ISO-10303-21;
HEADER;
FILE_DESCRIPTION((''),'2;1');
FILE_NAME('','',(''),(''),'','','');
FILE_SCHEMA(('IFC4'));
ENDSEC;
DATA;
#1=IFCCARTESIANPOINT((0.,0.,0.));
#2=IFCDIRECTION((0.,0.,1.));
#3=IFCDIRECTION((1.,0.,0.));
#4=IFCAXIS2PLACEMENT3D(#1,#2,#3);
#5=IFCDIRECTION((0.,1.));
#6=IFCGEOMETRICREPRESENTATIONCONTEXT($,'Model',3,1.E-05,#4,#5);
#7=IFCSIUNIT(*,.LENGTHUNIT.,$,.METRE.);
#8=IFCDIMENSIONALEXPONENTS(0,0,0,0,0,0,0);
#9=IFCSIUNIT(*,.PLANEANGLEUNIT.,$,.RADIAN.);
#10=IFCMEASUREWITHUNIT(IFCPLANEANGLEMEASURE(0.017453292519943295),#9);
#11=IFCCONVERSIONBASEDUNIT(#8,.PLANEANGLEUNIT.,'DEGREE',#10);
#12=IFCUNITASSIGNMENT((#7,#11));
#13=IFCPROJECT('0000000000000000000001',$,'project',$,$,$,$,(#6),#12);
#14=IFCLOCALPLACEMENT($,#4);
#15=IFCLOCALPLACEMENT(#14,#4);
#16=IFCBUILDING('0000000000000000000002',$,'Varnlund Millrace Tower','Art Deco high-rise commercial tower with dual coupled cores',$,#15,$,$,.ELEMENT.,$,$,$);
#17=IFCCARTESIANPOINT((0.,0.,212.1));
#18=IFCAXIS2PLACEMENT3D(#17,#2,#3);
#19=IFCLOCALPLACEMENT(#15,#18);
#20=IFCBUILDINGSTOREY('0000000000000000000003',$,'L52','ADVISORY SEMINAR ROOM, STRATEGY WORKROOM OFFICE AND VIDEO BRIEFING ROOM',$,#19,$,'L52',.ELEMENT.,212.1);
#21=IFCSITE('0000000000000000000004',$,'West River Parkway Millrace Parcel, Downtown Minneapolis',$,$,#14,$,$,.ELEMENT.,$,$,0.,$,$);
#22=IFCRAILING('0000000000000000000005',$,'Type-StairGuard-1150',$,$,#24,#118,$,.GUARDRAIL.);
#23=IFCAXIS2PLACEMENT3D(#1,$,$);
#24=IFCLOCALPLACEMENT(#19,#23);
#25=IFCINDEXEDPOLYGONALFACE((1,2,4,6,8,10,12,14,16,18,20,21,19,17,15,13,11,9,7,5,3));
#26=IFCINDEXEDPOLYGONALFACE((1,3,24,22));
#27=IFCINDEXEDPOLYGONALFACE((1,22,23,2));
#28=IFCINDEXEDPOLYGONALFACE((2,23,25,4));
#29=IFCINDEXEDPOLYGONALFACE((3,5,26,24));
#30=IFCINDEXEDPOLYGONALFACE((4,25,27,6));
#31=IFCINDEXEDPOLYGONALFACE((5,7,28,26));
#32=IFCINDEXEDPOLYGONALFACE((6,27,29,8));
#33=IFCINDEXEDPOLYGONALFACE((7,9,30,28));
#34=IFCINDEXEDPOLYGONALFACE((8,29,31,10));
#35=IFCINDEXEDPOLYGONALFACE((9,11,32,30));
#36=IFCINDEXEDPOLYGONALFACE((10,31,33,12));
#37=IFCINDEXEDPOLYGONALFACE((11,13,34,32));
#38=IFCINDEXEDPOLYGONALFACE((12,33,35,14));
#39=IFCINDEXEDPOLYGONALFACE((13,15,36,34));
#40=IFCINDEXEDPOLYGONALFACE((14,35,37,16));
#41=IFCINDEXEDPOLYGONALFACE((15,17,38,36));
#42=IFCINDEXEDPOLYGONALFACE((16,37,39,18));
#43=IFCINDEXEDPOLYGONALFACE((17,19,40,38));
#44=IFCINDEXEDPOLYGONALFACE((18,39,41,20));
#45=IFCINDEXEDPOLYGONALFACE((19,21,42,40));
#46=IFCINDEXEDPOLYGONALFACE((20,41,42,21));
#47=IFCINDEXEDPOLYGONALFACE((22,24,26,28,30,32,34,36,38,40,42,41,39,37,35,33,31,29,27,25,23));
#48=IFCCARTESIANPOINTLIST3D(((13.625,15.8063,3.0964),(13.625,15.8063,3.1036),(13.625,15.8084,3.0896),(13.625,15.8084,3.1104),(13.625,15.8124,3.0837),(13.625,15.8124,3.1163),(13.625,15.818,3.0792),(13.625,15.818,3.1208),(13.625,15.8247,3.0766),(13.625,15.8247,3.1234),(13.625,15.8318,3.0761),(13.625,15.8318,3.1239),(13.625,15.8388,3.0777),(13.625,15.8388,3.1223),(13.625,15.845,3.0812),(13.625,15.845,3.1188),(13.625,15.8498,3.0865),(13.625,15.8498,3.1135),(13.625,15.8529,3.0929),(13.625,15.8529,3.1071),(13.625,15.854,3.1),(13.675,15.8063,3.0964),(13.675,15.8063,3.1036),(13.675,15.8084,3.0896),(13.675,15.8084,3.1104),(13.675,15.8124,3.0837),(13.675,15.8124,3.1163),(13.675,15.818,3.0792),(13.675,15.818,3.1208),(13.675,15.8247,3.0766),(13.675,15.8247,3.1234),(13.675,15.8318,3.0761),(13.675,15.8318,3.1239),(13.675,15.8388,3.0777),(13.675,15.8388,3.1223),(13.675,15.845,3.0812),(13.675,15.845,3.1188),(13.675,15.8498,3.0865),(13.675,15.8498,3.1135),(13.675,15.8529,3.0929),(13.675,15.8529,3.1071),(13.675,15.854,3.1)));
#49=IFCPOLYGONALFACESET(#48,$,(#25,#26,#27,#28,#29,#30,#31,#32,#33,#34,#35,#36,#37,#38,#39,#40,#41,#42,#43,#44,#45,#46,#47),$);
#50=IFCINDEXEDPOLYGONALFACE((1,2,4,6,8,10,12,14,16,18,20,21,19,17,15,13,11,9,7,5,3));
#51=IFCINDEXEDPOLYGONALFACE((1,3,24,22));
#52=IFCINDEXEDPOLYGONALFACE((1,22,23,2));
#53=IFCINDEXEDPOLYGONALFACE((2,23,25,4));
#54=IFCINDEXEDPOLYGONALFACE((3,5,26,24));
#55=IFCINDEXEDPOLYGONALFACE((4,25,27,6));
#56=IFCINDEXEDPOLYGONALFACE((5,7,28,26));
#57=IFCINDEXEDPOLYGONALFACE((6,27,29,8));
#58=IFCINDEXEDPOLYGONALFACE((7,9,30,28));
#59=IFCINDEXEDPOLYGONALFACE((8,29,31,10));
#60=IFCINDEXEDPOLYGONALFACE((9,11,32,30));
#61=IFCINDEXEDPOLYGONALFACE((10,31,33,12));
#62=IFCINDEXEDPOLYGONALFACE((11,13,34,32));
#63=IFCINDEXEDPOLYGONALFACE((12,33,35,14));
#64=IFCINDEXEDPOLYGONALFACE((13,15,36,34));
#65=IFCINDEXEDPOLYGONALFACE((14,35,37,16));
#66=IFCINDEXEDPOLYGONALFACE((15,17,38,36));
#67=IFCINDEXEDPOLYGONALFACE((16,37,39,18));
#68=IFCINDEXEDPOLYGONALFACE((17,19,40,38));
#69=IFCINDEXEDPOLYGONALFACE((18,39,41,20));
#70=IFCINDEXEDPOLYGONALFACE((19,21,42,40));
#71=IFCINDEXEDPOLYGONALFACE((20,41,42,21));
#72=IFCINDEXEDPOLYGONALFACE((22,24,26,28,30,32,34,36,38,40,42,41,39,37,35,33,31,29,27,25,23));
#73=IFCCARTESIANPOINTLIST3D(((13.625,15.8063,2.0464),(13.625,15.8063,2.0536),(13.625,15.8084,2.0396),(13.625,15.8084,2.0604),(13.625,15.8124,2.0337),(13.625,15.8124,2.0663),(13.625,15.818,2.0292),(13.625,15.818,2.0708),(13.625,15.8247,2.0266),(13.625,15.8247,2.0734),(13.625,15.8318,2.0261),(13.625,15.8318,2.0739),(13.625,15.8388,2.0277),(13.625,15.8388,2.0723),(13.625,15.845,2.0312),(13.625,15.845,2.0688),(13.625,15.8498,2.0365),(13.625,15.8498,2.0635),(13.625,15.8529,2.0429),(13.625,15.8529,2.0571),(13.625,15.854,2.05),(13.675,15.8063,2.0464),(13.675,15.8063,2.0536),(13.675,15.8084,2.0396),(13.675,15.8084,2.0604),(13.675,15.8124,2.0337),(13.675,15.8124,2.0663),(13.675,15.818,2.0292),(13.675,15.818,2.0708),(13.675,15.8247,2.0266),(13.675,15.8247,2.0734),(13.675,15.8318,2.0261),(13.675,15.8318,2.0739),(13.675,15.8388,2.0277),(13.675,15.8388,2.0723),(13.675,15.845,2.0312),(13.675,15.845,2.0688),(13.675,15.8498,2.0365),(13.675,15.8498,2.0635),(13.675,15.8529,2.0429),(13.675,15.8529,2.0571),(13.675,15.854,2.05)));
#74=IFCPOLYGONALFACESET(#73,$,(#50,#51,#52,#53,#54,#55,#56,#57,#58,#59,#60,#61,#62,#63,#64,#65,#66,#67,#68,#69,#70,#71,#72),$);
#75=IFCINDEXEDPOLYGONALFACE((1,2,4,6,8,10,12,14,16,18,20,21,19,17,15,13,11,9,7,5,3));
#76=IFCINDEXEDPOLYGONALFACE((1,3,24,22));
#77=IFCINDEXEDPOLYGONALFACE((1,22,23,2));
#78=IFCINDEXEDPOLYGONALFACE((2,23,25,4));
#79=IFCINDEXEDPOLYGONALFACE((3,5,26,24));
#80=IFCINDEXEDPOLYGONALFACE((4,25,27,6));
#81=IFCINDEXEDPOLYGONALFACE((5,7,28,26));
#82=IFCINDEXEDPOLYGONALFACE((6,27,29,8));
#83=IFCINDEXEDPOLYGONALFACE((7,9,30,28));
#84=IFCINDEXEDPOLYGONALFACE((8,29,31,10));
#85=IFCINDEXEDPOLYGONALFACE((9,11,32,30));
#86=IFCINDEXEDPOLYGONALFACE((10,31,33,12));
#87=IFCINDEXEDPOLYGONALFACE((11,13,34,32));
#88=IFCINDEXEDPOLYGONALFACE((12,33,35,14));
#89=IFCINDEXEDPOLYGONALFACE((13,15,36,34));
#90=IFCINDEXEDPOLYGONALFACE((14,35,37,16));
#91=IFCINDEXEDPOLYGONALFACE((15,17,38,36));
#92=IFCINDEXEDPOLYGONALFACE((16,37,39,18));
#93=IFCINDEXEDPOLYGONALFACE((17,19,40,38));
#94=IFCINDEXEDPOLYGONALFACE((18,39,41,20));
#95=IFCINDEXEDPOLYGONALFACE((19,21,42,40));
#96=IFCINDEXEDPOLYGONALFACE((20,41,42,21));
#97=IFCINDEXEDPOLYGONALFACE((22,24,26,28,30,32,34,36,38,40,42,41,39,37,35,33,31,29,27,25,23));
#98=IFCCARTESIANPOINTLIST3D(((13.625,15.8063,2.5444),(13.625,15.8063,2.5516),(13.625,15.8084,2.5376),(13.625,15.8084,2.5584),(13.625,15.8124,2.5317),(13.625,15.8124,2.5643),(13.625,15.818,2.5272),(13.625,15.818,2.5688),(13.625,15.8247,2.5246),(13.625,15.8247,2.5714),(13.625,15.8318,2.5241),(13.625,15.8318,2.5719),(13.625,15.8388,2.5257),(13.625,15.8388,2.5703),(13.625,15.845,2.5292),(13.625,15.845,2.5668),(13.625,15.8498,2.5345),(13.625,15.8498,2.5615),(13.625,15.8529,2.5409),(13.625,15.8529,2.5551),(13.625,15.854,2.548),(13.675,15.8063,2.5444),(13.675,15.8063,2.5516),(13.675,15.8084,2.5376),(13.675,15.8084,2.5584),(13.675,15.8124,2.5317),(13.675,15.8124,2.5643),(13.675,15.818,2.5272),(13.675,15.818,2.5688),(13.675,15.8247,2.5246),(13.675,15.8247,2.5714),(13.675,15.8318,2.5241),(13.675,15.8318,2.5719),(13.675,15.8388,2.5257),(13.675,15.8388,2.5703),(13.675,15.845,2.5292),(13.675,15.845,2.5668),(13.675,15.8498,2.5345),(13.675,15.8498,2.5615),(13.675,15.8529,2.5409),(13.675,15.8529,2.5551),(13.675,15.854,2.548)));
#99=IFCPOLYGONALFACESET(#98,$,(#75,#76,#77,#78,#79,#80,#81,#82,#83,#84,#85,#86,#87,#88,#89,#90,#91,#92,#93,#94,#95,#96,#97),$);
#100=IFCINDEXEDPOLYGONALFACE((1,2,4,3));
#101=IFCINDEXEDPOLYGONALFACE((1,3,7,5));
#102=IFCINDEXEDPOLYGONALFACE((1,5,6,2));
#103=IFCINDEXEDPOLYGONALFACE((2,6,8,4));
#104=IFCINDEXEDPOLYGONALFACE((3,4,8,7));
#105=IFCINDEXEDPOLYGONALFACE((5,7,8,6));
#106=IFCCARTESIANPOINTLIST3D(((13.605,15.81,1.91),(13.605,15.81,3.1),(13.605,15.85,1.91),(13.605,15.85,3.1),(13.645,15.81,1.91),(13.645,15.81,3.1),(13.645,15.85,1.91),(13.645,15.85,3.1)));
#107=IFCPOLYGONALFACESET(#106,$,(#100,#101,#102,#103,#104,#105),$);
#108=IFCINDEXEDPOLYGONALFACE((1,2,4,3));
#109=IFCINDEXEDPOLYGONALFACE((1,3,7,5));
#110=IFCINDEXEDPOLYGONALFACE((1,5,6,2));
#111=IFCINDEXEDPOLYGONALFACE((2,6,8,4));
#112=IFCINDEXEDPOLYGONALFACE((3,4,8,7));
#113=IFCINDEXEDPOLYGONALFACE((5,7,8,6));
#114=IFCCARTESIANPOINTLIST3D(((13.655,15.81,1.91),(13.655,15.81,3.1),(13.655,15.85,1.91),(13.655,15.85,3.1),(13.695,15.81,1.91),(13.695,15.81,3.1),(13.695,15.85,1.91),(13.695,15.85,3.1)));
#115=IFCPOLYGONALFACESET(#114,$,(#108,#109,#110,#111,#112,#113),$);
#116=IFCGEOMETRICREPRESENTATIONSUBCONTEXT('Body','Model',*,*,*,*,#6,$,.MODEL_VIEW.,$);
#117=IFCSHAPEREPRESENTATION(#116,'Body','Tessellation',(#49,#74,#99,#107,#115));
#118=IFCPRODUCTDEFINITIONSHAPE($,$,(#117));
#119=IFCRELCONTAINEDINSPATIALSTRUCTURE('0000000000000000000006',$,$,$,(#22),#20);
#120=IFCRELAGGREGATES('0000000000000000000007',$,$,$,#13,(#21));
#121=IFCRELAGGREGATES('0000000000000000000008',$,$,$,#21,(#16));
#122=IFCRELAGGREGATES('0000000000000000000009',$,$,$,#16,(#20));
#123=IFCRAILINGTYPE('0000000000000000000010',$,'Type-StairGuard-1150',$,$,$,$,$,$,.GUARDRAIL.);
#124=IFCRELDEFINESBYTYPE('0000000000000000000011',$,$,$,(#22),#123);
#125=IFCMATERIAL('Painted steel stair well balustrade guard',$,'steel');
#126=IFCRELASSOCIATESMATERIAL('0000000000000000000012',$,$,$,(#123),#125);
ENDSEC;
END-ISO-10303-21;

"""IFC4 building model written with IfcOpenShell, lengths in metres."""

from ifc_helpers import new_model, entity, si_unit, converted_unit, direction, frame, origin_with_axes, origin_2d_with_axis, place, context, subcontext, project, spatial, rectangle, circle, extrude, material, type_object, element, save


model = new_model("IFC4")

# Units and contexts
model_context = context("Model", 3, precision=1e-05, world=origin_with_axes(), true_north=direction((0.0, 1.0)))
body_context = subcontext(model_context, "Body", "Model", "MODEL_VIEW")
ifc_project = project(units=[si_unit("LENGTHUNIT", "METRE"), converted_unit("PLANEANGLEUNIT", "DEGREE", entity("IfcPlaneAngleMeasure", 0.017453292519943295), si_unit("PLANEANGLEUNIT", "RADIAN"), dimensions=[0, 0, 0, 0, 0, 0, 0])], contexts=[model_context])

# Site, building, storey
site_placement = place(None, origin_with_axes())
site = spatial("IfcSite", under=ifc_project, at=site_placement, Name="West River Parkway Millrace Parcel, Downtown Minneapolis", CompositionType="ELEMENT", RefElevation=0.0)
building_placement = place(site_placement, origin_with_axes())
building = spatial("IfcBuilding", under=site, at=building_placement, Name="Varnlund Millrace Tower", Description="Art Deco high-rise commercial tower with dual coupled cores", CompositionType="ELEMENT")
storey_placement = place(building_placement, frame((0.0, 0.0, 212.1), z_axis=(0.0, 0.0, 1.0), x_axis=(1.0, 0.0, 0.0)))
storey = spatial("IfcBuildingStorey", under=building, at=storey_placement, Name="L52", Description="ADVISORY SEMINAR ROOM, STRATEGY WORKROOM OFFICE AND VIDEO BRIEFING ROOM", LongName="L52", CompositionType="ELEMENT", Elevation=212.1)

# Railing
ifc_material_1 = material(Name="Painted steel stair well balustrade guard", Category="steel")
railing_type_1 = type_object("IfcRailingType", Name="Type-StairGuard-1150", PredefinedType="GUARDRAIL", material=ifc_material_1)
railing_1_placement = place(storey_placement, frame((0.0, 0.0, -212.1), z_axis=(0.0, 0.0, 1.0), x_axis=(1.0, 0.0, 0.0)))
element("IfcRailing", 1, at=railing_1_placement, inside=storey, type_object=railing_type_1, Name="Type-StairGuard-1150", PredefinedType="GUARDRAIL", context=body_context, shape_type="SweptSolid", body=[
    extrude(circle(Radius=0.024, at=origin_2d_with_axis()), frame((13.625, 15.83, 215.2), z_axis=(1.0, 0.0, 0.0), x_axis=(0.0, 1.0, 0.0)), (0.0, 0.0, 1.0), 0.05),
    extrude(circle(Radius=0.024, at=origin_2d_with_axis()), frame((13.625, 15.83, 214.15), z_axis=(1.0, 0.0, 0.0), x_axis=(0.0, 1.0, 0.0)), (0.0, 0.0, 1.0), 0.05),
    extrude(circle(Radius=0.024, at=origin_2d_with_axis()), frame((13.625, 15.83, 214.648), z_axis=(1.0, 0.0, 0.0), x_axis=(0.0, 1.0, 0.0)), (0.0, 0.0, 1.0), 0.05),
    extrude(rectangle(XDim=0.04, YDim=0.04, at=origin_2d_with_axis()), frame((13.625, 15.83, 214.01), z_axis=(0.0, 0.0, 1.0), x_axis=(1.0, 0.0, 0.0)), (0.0, 0.0, 1.0), 1.19),
    extrude(rectangle(XDim=0.04, YDim=0.04, at=origin_2d_with_axis()), frame((13.675, 15.83, 214.01), z_axis=(0.0, 0.0, 1.0), x_axis=(1.0, 0.0, 0.0)), (0.0, 0.0, 1.0), 1.19),
])

save(model, "model.ifc")
